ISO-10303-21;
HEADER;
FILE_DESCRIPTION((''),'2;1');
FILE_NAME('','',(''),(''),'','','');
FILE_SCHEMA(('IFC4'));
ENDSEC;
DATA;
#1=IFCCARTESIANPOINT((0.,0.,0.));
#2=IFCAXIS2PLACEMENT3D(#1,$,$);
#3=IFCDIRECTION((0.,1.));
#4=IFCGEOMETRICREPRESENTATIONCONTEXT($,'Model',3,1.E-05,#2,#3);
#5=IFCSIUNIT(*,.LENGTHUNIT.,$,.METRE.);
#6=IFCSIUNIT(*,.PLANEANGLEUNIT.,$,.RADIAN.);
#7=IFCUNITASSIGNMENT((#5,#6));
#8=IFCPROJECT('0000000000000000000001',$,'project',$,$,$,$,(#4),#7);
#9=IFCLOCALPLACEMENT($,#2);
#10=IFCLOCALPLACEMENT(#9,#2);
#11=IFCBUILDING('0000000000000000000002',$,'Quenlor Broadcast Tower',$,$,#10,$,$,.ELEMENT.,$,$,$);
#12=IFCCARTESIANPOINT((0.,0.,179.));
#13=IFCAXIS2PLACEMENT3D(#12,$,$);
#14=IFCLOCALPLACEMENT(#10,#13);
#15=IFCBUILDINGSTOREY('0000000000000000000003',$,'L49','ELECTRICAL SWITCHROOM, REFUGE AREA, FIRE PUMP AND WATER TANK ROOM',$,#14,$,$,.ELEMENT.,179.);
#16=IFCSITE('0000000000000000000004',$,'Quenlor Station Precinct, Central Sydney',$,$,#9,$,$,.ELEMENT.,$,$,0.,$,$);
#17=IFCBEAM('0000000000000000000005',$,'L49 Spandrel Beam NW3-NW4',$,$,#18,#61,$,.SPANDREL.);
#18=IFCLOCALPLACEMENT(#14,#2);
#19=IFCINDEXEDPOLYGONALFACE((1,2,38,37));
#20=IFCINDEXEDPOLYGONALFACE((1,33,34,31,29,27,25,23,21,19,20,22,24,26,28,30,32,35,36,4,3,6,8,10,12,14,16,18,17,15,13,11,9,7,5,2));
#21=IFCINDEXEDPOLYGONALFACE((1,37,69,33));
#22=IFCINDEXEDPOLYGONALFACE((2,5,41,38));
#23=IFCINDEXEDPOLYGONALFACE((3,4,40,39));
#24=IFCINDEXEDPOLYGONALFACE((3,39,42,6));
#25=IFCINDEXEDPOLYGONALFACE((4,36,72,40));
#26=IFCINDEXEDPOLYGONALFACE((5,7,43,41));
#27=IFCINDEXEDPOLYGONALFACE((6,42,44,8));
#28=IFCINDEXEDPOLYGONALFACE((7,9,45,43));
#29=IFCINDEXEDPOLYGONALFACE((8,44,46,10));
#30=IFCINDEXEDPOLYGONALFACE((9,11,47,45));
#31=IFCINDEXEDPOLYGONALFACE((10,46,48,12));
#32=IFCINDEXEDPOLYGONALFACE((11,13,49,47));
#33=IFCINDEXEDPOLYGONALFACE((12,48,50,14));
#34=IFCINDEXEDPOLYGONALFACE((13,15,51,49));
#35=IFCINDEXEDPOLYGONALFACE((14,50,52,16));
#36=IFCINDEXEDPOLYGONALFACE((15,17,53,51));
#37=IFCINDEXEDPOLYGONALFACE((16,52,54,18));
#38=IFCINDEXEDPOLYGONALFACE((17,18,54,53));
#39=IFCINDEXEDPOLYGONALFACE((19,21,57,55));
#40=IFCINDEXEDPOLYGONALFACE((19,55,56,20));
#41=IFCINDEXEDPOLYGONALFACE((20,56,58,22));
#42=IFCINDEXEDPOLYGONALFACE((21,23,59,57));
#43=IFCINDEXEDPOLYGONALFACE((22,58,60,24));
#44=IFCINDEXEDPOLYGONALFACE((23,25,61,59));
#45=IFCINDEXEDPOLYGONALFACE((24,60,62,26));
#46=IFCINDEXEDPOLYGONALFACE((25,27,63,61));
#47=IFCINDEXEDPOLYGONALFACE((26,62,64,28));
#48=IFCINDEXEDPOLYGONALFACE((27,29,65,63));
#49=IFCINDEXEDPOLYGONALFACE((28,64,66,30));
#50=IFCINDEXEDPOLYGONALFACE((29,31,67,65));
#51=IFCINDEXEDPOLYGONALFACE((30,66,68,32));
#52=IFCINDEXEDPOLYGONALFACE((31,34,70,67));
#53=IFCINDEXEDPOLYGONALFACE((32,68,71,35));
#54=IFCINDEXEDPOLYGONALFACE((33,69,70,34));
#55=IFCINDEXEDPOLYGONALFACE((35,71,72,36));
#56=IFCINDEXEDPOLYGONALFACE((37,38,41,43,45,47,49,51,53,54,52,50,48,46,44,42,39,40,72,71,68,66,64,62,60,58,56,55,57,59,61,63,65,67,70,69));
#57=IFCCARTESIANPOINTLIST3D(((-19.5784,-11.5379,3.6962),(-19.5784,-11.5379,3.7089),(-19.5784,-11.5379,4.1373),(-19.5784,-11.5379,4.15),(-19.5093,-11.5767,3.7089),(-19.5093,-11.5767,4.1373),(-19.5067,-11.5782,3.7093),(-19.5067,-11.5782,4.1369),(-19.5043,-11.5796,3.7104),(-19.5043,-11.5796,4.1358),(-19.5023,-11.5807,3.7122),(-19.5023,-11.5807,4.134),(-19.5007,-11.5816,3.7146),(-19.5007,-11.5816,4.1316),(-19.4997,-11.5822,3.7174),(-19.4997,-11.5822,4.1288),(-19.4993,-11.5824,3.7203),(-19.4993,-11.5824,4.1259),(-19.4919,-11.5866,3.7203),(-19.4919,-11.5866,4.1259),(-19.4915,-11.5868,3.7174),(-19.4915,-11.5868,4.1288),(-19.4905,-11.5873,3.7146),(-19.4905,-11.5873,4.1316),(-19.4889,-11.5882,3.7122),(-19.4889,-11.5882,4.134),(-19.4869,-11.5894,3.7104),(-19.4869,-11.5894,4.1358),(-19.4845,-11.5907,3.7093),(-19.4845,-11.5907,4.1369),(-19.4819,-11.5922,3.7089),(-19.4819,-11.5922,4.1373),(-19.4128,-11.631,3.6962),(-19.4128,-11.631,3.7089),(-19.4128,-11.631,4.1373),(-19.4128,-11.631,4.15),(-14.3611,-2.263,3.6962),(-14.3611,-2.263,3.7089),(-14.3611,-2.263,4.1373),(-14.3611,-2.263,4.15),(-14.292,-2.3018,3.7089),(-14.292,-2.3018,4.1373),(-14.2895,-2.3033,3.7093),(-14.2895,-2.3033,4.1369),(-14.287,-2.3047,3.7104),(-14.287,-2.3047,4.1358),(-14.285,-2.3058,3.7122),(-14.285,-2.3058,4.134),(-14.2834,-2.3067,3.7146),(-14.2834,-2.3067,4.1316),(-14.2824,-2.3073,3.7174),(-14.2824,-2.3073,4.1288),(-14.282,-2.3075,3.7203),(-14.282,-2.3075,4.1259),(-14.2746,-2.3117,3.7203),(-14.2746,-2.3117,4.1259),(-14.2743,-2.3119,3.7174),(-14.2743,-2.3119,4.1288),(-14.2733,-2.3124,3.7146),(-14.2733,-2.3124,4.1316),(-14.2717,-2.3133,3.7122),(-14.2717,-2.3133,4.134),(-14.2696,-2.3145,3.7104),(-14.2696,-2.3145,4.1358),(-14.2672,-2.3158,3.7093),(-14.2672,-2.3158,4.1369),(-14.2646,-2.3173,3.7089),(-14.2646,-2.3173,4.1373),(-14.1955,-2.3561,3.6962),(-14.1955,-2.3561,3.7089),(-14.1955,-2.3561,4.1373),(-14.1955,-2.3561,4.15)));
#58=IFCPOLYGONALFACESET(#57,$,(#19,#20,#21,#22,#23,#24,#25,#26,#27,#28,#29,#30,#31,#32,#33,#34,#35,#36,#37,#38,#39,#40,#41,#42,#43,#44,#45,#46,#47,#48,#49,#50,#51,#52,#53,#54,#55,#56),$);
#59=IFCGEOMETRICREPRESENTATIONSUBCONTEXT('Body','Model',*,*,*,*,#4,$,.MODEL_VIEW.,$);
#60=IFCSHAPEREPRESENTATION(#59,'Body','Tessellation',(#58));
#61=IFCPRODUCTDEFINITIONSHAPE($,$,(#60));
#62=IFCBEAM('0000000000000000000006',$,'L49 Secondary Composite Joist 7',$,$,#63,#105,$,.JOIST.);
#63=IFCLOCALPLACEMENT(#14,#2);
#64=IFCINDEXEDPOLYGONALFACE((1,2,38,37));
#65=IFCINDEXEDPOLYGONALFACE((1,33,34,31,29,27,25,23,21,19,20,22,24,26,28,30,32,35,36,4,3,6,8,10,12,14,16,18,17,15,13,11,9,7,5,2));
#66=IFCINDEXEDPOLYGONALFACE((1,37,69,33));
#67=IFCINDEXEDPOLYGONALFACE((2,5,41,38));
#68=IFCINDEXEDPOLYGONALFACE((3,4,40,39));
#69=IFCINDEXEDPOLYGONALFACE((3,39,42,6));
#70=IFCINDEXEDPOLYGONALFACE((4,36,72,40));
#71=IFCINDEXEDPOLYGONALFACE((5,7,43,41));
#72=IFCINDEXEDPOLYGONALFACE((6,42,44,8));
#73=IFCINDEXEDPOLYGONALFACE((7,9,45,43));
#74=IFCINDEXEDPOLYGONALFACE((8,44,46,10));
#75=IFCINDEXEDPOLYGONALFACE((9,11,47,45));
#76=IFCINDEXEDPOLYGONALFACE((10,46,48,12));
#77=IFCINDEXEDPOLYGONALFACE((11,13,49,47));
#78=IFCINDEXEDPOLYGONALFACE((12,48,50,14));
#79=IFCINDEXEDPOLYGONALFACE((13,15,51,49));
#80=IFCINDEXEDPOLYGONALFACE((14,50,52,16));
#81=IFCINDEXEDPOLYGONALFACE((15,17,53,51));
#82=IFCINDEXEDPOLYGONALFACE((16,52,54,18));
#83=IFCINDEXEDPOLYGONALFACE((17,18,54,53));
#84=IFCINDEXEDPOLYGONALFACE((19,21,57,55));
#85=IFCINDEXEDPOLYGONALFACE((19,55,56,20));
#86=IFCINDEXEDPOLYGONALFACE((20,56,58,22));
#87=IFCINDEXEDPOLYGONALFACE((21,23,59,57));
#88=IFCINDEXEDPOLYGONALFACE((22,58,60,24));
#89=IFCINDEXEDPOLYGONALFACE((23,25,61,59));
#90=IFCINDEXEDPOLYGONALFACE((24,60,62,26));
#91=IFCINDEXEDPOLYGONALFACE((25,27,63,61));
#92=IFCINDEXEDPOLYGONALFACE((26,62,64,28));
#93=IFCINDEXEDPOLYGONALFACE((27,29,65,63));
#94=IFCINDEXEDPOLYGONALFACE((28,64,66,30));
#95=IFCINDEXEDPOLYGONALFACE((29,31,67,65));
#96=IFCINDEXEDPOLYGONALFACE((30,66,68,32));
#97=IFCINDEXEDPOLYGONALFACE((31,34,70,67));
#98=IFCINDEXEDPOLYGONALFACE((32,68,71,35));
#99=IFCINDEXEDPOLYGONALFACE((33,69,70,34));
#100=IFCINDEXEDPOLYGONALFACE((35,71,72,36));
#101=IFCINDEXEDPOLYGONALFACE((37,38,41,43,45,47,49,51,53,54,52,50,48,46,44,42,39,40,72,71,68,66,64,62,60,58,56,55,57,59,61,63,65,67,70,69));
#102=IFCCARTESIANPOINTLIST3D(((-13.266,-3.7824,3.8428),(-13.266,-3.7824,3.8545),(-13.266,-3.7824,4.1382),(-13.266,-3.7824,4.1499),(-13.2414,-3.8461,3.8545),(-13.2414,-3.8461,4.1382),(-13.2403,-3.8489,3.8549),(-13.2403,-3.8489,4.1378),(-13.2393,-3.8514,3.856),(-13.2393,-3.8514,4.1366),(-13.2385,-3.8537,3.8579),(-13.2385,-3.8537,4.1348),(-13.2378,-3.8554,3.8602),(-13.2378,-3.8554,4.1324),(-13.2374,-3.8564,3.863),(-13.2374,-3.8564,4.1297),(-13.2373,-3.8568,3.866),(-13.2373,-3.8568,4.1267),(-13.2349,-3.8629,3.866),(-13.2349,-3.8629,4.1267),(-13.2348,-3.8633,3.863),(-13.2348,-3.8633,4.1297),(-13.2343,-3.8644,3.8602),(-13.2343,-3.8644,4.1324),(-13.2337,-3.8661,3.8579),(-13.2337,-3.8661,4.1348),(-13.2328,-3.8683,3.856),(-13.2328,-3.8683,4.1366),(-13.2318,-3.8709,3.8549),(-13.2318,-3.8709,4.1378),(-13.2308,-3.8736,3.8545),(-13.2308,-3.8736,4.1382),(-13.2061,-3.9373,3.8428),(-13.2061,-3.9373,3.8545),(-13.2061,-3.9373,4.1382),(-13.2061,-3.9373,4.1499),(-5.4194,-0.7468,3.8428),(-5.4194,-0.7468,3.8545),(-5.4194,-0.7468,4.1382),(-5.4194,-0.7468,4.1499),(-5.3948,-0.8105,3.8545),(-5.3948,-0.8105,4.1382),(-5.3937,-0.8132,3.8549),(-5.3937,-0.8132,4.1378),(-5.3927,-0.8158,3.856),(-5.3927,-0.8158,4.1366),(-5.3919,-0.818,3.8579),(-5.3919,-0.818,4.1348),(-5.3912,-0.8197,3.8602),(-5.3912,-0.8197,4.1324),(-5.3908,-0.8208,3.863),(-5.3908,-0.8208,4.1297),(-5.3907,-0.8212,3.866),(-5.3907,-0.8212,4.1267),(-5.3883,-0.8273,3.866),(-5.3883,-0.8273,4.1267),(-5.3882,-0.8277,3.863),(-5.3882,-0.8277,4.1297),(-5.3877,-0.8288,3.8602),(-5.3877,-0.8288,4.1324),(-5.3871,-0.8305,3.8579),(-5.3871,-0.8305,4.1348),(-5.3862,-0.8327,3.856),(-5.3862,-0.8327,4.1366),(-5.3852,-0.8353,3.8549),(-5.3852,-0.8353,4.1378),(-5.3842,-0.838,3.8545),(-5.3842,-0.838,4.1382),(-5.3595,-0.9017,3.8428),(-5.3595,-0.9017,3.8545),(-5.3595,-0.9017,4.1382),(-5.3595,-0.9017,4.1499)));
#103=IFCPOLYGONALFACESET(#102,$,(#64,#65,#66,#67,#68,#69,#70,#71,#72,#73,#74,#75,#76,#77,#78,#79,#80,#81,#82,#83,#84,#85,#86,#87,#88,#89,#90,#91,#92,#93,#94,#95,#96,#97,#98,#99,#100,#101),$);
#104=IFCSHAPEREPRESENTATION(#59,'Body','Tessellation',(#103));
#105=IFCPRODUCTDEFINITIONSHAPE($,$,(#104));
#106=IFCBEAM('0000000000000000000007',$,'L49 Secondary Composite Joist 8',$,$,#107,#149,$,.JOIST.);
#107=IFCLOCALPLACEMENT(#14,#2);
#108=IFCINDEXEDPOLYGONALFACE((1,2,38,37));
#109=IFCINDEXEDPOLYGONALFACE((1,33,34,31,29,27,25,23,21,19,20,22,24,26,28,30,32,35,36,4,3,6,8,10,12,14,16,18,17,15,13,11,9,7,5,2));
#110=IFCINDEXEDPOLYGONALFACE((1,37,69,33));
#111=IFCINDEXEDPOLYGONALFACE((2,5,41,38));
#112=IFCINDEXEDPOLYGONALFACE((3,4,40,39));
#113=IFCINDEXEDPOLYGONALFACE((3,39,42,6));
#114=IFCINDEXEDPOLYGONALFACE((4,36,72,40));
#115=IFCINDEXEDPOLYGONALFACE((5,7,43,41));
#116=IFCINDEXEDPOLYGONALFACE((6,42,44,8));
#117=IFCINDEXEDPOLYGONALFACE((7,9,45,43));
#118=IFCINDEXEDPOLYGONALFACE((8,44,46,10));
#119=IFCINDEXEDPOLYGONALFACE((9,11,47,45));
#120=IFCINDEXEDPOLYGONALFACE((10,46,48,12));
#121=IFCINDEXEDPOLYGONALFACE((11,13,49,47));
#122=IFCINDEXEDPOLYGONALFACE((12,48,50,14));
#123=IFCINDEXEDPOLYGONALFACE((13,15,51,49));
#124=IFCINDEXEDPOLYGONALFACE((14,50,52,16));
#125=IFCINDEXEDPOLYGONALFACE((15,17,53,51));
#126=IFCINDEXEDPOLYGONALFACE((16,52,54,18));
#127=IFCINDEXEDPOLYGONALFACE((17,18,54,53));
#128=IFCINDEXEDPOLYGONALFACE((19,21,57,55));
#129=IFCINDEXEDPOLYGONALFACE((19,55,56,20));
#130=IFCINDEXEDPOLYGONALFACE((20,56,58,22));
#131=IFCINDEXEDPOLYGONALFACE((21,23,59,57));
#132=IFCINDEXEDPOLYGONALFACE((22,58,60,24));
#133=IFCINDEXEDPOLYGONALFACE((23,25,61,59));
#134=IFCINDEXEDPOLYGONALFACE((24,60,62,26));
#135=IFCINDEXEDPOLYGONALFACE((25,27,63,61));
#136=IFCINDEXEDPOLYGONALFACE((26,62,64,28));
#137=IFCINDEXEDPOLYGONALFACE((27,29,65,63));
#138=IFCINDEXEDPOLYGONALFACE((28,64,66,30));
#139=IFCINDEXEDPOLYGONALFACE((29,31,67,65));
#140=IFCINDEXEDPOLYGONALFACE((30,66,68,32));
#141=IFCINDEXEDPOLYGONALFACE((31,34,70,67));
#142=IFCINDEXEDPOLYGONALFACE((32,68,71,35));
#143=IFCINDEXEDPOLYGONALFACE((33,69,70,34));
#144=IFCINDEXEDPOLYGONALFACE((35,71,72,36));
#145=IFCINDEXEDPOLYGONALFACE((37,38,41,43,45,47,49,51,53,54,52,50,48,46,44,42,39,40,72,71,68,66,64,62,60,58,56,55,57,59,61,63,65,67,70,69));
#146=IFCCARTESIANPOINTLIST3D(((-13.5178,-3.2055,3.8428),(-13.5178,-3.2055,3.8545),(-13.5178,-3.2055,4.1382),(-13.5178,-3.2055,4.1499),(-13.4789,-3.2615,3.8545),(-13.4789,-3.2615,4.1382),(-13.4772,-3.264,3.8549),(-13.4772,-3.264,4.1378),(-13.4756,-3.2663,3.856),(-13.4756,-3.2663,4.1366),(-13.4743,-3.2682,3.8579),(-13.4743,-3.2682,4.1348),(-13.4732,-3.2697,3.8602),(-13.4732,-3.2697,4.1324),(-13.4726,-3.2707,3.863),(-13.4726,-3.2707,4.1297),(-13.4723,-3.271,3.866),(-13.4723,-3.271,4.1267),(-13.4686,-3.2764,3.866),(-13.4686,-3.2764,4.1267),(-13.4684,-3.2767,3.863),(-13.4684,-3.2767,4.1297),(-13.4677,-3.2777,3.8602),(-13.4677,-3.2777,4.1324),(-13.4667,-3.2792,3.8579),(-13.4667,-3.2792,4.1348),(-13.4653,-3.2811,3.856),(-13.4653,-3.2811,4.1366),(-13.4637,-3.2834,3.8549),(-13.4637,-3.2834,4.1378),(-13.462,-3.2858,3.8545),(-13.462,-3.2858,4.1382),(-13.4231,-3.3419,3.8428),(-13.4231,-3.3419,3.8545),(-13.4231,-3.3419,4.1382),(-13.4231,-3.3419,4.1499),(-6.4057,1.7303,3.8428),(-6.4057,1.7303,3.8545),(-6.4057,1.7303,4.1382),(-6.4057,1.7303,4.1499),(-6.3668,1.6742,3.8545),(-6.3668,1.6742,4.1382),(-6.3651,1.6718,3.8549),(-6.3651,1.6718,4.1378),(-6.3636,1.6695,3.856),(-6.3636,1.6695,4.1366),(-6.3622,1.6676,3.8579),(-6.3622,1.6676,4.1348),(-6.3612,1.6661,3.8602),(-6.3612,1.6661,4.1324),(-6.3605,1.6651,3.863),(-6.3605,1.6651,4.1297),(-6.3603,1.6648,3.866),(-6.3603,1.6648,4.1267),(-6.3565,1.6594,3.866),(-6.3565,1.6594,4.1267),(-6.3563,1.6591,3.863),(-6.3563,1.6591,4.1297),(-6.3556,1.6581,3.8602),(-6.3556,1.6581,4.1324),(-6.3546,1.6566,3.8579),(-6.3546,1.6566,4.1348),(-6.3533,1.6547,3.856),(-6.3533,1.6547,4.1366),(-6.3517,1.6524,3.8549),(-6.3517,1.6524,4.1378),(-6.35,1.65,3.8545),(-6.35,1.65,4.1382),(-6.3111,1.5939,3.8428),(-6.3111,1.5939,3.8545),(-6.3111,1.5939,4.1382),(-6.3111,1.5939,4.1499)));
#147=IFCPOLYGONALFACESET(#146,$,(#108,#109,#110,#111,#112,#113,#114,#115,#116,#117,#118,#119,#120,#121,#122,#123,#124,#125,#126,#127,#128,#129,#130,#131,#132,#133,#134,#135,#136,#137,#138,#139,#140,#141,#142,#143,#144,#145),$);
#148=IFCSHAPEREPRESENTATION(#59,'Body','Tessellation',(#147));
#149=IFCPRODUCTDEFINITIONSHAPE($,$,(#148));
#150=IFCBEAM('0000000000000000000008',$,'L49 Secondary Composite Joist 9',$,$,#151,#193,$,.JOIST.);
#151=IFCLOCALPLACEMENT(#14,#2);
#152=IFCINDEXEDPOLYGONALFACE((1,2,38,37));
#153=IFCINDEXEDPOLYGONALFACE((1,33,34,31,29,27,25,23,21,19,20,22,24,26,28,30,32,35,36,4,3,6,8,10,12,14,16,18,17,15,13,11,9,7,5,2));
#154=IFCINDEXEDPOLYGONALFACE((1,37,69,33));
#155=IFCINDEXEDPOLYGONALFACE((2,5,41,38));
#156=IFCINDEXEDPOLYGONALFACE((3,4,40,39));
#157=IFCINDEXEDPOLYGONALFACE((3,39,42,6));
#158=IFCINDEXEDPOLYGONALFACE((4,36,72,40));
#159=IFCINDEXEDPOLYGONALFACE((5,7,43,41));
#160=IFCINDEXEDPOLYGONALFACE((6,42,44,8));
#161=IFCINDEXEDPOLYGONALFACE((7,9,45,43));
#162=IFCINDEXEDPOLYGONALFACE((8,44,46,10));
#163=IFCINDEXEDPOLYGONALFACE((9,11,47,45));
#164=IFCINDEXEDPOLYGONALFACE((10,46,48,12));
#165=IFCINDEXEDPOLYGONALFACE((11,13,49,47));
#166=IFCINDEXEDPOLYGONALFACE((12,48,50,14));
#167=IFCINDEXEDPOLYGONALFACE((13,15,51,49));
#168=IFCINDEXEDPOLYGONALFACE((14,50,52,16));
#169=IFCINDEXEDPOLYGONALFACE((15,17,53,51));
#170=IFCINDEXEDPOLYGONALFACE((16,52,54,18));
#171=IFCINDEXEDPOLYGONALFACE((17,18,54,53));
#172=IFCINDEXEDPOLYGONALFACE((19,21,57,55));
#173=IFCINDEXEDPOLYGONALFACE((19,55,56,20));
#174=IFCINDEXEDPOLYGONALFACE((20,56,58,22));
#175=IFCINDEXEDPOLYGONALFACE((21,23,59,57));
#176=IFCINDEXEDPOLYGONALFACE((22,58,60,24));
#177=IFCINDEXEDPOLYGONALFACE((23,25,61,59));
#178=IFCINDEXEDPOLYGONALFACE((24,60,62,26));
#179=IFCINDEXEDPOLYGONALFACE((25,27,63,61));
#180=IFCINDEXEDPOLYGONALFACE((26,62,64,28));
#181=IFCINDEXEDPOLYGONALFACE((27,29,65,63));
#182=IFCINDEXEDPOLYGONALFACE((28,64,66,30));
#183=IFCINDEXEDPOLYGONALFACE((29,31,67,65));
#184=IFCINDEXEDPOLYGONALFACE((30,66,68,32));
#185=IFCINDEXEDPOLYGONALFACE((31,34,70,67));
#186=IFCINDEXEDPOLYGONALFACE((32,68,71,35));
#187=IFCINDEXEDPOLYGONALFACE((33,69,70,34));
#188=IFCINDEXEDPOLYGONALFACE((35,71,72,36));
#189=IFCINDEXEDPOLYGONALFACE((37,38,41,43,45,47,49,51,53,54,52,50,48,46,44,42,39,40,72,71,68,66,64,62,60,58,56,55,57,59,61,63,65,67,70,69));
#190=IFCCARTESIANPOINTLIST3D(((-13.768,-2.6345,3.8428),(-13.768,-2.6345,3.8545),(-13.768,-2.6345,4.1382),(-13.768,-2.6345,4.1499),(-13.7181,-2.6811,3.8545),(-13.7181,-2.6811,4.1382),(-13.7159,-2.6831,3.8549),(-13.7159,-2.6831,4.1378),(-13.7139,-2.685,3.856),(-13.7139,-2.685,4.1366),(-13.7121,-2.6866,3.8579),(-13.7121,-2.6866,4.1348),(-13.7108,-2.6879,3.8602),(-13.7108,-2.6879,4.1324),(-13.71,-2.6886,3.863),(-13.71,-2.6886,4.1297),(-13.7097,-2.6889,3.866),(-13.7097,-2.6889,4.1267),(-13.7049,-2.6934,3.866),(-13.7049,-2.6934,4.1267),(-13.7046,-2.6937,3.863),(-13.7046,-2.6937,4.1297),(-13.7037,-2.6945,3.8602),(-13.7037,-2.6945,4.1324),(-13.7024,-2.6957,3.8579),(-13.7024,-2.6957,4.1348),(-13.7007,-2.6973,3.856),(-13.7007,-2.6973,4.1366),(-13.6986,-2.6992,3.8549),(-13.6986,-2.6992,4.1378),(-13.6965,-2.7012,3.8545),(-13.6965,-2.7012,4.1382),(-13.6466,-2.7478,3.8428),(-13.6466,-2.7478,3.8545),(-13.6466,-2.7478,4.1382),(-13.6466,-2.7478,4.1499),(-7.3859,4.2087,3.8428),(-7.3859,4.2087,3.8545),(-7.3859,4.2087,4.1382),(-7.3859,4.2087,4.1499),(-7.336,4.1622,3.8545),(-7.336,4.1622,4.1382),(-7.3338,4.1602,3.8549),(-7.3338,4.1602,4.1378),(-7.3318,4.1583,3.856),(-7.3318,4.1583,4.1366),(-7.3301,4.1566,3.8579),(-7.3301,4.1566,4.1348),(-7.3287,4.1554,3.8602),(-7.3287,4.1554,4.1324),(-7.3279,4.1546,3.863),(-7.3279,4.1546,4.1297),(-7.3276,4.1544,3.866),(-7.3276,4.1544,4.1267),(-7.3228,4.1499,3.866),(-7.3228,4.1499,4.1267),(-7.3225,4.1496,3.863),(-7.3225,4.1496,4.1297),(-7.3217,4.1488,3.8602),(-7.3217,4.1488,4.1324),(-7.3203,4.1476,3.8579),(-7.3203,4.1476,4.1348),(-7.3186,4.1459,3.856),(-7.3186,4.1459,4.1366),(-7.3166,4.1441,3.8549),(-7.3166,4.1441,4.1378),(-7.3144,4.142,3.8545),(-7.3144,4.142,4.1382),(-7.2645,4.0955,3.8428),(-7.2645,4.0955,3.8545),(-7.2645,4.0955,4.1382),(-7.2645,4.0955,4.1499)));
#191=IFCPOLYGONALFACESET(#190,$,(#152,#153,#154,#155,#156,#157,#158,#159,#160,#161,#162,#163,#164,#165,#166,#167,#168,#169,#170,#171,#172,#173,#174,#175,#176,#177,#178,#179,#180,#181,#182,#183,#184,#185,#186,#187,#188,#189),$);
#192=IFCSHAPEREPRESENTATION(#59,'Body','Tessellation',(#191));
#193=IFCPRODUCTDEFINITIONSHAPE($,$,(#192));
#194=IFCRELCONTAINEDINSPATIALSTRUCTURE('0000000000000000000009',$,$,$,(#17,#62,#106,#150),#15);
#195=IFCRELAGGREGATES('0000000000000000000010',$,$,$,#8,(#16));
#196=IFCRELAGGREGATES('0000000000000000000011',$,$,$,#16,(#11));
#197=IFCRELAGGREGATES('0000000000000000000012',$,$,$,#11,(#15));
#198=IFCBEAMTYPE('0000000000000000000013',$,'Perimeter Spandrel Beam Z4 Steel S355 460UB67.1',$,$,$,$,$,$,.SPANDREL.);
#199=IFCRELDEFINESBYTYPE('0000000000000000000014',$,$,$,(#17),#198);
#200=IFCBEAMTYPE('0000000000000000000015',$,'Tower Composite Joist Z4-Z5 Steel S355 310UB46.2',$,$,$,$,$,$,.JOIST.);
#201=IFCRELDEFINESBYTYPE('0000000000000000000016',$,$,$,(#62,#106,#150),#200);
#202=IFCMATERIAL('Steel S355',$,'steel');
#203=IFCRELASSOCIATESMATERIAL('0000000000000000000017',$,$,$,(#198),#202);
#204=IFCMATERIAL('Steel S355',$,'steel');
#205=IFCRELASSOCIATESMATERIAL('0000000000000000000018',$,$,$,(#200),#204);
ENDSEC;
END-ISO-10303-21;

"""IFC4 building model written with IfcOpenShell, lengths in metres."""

from ifc_helpers import new_model, si_unit, direction, frame, origin, origin_2d, place, context, subcontext, project, spatial, i_section, extrude, material, material_profile, profile_set, type_object, element, save


model = new_model("IFC4")

# Units and contexts
model_context = context("Model", 3, precision=1e-05, world=origin(), true_north=direction((0.0, 1.0)))
body_context = subcontext(model_context, "Body", "Model", "MODEL_VIEW")
ifc_project = project(units=[si_unit("LENGTHUNIT", "METRE"), si_unit("PLANEANGLEUNIT", "RADIAN")], contexts=[model_context])

# Site, building, storey
site_placement = place(None, origin())
site = spatial("IfcSite", under=ifc_project, at=site_placement, Name="Quenlor Station Precinct, Central Sydney", CompositionType="ELEMENT", RefElevation=0.0)
building_placement = place(site_placement, origin())
building = spatial("IfcBuilding", under=site, at=building_placement, Name="Quenlor Broadcast Tower", CompositionType="ELEMENT")
storey_placement = place(building_placement, frame((0.0, 0.0, 179.0)))
storey = spatial("IfcBuildingStorey", under=building, at=storey_placement, Name="L49", Description="ELECTRICAL SWITCHROOM, REFUGE AREA, FIRE PUMP AND WATER TANK ROOM", CompositionType="ELEMENT", Elevation=179.0)

# Beams
ifc_material_1 = material(Name="Steel S355", Category="steel")
ifc_material_profile_1 = material_profile(ifc_material_1, i_section(OverallWidth=0.1899, OverallDepth=0.4539, WebThickness=0.0085, FlangeThickness=0.0127, FilletRadius=0.0115, at=origin_2d()))
ifc_profile_set_1 = profile_set([ifc_material_profile_1], Name="Steel S355 460UB67.1")
beam_type_1 = type_object("IfcBeamType", Name="Perimeter Spandrel Beam Z4 Steel S355 460UB67.1", PredefinedType="SPANDREL", material=ifc_profile_set_1)
beam_1_placement = place(storey_placement, frame((-14.2783, -2.3096, 3.9231), z_axis=(-0.490272, -0.871569, 0.0), x_axis=(0.871569, -0.490272, 0.0)))
element("IfcBeam", 1, at=beam_1_placement, inside=storey, type_object=beam_type_1, Name="L49 Spandrel Beam NW3-NW4", PredefinedType="SPANDREL", context=body_context, shape_type="SweptSolid", body=[
    extrude(i_section(OverallWidth=0.1899, OverallDepth=0.4539, WebThickness=0.0085, FlangeThickness=0.0127, FilletRadius=0.0115, at=origin_2d()), origin(), (0.0, 0.0, 1.0), 10.6416),
])
ifc_material_2 = material(Name="Steel S355", Category="steel")
ifc_material_profile_2 = material_profile(ifc_material_2, i_section(OverallWidth=0.166, OverallDepth=0.3071, WebThickness=0.0066, FlangeThickness=0.0117, FilletRadius=0.0115, at=origin_2d()))
ifc_profile_set_2 = profile_set([ifc_material_profile_2], Name="Steel S355 310UB46.2")
beam_type_2 = type_object("IfcBeamType", Name="Tower Composite Joist Z4-Z5 Steel S355 310UB46.2", PredefinedType="JOIST", material=ifc_profile_set_2)
beam_2_placement = place(storey_placement, frame((-13.2361, -3.8599, 3.9963), z_axis=(0.932639, 0.36081, 0.0), x_axis=(-0.36081, 0.932639, 0.0)))
element("IfcBeam", 2, at=beam_2_placement, inside=storey, type_object=beam_type_2, Name="L49 Secondary Composite Joist 7", PredefinedType="JOIST", context=body_context, shape_type="SweptSolid", body=[
    extrude(i_section(OverallWidth=0.166, OverallDepth=0.3071, WebThickness=0.0066, FlangeThickness=0.0117, FilletRadius=0.0115, at=origin_2d()), origin(), (0.0, 0.0, 1.0), 8.4133),
])
beam_3_placement = place(storey_placement, frame((-13.4705, -3.2737, 3.9963), z_axis=(0.82154, 0.570151, 0.0), x_axis=(-0.570151, 0.82154, 0.0)))
element("IfcBeam", 3, at=beam_3_placement, inside=storey, type_object=beam_type_2, Name="L49 Secondary Composite Joist 8", PredefinedType="JOIST", context=body_context, shape_type="SweptSolid", body=[
    extrude(i_section(OverallWidth=0.166, OverallDepth=0.3071, WebThickness=0.0066, FlangeThickness=0.0117, FilletRadius=0.0115, at=origin_2d()), origin(), (0.0, 0.0, 1.0), 8.657),
])
beam_4_placement = place(storey_placement, frame((-13.7073, -2.6912, 3.9963), z_axis=(0.682035, 0.73132, 0.0), x_axis=(-0.73132, 0.682035, 0.0)))
element("IfcBeam", 4, at=beam_4_placement, inside=storey, type_object=beam_type_2, Name="L49 Secondary Composite Joist 9", PredefinedType="JOIST", context=body_context, shape_type="SweptSolid", body=[
    extrude(i_section(OverallWidth=0.166, OverallDepth=0.3071, WebThickness=0.0066, FlangeThickness=0.0117, FilletRadius=0.0115, at=origin_2d()), origin(), (0.0, 0.0, 1.0), 9.3574),
])

save(model, "model.ifc")
